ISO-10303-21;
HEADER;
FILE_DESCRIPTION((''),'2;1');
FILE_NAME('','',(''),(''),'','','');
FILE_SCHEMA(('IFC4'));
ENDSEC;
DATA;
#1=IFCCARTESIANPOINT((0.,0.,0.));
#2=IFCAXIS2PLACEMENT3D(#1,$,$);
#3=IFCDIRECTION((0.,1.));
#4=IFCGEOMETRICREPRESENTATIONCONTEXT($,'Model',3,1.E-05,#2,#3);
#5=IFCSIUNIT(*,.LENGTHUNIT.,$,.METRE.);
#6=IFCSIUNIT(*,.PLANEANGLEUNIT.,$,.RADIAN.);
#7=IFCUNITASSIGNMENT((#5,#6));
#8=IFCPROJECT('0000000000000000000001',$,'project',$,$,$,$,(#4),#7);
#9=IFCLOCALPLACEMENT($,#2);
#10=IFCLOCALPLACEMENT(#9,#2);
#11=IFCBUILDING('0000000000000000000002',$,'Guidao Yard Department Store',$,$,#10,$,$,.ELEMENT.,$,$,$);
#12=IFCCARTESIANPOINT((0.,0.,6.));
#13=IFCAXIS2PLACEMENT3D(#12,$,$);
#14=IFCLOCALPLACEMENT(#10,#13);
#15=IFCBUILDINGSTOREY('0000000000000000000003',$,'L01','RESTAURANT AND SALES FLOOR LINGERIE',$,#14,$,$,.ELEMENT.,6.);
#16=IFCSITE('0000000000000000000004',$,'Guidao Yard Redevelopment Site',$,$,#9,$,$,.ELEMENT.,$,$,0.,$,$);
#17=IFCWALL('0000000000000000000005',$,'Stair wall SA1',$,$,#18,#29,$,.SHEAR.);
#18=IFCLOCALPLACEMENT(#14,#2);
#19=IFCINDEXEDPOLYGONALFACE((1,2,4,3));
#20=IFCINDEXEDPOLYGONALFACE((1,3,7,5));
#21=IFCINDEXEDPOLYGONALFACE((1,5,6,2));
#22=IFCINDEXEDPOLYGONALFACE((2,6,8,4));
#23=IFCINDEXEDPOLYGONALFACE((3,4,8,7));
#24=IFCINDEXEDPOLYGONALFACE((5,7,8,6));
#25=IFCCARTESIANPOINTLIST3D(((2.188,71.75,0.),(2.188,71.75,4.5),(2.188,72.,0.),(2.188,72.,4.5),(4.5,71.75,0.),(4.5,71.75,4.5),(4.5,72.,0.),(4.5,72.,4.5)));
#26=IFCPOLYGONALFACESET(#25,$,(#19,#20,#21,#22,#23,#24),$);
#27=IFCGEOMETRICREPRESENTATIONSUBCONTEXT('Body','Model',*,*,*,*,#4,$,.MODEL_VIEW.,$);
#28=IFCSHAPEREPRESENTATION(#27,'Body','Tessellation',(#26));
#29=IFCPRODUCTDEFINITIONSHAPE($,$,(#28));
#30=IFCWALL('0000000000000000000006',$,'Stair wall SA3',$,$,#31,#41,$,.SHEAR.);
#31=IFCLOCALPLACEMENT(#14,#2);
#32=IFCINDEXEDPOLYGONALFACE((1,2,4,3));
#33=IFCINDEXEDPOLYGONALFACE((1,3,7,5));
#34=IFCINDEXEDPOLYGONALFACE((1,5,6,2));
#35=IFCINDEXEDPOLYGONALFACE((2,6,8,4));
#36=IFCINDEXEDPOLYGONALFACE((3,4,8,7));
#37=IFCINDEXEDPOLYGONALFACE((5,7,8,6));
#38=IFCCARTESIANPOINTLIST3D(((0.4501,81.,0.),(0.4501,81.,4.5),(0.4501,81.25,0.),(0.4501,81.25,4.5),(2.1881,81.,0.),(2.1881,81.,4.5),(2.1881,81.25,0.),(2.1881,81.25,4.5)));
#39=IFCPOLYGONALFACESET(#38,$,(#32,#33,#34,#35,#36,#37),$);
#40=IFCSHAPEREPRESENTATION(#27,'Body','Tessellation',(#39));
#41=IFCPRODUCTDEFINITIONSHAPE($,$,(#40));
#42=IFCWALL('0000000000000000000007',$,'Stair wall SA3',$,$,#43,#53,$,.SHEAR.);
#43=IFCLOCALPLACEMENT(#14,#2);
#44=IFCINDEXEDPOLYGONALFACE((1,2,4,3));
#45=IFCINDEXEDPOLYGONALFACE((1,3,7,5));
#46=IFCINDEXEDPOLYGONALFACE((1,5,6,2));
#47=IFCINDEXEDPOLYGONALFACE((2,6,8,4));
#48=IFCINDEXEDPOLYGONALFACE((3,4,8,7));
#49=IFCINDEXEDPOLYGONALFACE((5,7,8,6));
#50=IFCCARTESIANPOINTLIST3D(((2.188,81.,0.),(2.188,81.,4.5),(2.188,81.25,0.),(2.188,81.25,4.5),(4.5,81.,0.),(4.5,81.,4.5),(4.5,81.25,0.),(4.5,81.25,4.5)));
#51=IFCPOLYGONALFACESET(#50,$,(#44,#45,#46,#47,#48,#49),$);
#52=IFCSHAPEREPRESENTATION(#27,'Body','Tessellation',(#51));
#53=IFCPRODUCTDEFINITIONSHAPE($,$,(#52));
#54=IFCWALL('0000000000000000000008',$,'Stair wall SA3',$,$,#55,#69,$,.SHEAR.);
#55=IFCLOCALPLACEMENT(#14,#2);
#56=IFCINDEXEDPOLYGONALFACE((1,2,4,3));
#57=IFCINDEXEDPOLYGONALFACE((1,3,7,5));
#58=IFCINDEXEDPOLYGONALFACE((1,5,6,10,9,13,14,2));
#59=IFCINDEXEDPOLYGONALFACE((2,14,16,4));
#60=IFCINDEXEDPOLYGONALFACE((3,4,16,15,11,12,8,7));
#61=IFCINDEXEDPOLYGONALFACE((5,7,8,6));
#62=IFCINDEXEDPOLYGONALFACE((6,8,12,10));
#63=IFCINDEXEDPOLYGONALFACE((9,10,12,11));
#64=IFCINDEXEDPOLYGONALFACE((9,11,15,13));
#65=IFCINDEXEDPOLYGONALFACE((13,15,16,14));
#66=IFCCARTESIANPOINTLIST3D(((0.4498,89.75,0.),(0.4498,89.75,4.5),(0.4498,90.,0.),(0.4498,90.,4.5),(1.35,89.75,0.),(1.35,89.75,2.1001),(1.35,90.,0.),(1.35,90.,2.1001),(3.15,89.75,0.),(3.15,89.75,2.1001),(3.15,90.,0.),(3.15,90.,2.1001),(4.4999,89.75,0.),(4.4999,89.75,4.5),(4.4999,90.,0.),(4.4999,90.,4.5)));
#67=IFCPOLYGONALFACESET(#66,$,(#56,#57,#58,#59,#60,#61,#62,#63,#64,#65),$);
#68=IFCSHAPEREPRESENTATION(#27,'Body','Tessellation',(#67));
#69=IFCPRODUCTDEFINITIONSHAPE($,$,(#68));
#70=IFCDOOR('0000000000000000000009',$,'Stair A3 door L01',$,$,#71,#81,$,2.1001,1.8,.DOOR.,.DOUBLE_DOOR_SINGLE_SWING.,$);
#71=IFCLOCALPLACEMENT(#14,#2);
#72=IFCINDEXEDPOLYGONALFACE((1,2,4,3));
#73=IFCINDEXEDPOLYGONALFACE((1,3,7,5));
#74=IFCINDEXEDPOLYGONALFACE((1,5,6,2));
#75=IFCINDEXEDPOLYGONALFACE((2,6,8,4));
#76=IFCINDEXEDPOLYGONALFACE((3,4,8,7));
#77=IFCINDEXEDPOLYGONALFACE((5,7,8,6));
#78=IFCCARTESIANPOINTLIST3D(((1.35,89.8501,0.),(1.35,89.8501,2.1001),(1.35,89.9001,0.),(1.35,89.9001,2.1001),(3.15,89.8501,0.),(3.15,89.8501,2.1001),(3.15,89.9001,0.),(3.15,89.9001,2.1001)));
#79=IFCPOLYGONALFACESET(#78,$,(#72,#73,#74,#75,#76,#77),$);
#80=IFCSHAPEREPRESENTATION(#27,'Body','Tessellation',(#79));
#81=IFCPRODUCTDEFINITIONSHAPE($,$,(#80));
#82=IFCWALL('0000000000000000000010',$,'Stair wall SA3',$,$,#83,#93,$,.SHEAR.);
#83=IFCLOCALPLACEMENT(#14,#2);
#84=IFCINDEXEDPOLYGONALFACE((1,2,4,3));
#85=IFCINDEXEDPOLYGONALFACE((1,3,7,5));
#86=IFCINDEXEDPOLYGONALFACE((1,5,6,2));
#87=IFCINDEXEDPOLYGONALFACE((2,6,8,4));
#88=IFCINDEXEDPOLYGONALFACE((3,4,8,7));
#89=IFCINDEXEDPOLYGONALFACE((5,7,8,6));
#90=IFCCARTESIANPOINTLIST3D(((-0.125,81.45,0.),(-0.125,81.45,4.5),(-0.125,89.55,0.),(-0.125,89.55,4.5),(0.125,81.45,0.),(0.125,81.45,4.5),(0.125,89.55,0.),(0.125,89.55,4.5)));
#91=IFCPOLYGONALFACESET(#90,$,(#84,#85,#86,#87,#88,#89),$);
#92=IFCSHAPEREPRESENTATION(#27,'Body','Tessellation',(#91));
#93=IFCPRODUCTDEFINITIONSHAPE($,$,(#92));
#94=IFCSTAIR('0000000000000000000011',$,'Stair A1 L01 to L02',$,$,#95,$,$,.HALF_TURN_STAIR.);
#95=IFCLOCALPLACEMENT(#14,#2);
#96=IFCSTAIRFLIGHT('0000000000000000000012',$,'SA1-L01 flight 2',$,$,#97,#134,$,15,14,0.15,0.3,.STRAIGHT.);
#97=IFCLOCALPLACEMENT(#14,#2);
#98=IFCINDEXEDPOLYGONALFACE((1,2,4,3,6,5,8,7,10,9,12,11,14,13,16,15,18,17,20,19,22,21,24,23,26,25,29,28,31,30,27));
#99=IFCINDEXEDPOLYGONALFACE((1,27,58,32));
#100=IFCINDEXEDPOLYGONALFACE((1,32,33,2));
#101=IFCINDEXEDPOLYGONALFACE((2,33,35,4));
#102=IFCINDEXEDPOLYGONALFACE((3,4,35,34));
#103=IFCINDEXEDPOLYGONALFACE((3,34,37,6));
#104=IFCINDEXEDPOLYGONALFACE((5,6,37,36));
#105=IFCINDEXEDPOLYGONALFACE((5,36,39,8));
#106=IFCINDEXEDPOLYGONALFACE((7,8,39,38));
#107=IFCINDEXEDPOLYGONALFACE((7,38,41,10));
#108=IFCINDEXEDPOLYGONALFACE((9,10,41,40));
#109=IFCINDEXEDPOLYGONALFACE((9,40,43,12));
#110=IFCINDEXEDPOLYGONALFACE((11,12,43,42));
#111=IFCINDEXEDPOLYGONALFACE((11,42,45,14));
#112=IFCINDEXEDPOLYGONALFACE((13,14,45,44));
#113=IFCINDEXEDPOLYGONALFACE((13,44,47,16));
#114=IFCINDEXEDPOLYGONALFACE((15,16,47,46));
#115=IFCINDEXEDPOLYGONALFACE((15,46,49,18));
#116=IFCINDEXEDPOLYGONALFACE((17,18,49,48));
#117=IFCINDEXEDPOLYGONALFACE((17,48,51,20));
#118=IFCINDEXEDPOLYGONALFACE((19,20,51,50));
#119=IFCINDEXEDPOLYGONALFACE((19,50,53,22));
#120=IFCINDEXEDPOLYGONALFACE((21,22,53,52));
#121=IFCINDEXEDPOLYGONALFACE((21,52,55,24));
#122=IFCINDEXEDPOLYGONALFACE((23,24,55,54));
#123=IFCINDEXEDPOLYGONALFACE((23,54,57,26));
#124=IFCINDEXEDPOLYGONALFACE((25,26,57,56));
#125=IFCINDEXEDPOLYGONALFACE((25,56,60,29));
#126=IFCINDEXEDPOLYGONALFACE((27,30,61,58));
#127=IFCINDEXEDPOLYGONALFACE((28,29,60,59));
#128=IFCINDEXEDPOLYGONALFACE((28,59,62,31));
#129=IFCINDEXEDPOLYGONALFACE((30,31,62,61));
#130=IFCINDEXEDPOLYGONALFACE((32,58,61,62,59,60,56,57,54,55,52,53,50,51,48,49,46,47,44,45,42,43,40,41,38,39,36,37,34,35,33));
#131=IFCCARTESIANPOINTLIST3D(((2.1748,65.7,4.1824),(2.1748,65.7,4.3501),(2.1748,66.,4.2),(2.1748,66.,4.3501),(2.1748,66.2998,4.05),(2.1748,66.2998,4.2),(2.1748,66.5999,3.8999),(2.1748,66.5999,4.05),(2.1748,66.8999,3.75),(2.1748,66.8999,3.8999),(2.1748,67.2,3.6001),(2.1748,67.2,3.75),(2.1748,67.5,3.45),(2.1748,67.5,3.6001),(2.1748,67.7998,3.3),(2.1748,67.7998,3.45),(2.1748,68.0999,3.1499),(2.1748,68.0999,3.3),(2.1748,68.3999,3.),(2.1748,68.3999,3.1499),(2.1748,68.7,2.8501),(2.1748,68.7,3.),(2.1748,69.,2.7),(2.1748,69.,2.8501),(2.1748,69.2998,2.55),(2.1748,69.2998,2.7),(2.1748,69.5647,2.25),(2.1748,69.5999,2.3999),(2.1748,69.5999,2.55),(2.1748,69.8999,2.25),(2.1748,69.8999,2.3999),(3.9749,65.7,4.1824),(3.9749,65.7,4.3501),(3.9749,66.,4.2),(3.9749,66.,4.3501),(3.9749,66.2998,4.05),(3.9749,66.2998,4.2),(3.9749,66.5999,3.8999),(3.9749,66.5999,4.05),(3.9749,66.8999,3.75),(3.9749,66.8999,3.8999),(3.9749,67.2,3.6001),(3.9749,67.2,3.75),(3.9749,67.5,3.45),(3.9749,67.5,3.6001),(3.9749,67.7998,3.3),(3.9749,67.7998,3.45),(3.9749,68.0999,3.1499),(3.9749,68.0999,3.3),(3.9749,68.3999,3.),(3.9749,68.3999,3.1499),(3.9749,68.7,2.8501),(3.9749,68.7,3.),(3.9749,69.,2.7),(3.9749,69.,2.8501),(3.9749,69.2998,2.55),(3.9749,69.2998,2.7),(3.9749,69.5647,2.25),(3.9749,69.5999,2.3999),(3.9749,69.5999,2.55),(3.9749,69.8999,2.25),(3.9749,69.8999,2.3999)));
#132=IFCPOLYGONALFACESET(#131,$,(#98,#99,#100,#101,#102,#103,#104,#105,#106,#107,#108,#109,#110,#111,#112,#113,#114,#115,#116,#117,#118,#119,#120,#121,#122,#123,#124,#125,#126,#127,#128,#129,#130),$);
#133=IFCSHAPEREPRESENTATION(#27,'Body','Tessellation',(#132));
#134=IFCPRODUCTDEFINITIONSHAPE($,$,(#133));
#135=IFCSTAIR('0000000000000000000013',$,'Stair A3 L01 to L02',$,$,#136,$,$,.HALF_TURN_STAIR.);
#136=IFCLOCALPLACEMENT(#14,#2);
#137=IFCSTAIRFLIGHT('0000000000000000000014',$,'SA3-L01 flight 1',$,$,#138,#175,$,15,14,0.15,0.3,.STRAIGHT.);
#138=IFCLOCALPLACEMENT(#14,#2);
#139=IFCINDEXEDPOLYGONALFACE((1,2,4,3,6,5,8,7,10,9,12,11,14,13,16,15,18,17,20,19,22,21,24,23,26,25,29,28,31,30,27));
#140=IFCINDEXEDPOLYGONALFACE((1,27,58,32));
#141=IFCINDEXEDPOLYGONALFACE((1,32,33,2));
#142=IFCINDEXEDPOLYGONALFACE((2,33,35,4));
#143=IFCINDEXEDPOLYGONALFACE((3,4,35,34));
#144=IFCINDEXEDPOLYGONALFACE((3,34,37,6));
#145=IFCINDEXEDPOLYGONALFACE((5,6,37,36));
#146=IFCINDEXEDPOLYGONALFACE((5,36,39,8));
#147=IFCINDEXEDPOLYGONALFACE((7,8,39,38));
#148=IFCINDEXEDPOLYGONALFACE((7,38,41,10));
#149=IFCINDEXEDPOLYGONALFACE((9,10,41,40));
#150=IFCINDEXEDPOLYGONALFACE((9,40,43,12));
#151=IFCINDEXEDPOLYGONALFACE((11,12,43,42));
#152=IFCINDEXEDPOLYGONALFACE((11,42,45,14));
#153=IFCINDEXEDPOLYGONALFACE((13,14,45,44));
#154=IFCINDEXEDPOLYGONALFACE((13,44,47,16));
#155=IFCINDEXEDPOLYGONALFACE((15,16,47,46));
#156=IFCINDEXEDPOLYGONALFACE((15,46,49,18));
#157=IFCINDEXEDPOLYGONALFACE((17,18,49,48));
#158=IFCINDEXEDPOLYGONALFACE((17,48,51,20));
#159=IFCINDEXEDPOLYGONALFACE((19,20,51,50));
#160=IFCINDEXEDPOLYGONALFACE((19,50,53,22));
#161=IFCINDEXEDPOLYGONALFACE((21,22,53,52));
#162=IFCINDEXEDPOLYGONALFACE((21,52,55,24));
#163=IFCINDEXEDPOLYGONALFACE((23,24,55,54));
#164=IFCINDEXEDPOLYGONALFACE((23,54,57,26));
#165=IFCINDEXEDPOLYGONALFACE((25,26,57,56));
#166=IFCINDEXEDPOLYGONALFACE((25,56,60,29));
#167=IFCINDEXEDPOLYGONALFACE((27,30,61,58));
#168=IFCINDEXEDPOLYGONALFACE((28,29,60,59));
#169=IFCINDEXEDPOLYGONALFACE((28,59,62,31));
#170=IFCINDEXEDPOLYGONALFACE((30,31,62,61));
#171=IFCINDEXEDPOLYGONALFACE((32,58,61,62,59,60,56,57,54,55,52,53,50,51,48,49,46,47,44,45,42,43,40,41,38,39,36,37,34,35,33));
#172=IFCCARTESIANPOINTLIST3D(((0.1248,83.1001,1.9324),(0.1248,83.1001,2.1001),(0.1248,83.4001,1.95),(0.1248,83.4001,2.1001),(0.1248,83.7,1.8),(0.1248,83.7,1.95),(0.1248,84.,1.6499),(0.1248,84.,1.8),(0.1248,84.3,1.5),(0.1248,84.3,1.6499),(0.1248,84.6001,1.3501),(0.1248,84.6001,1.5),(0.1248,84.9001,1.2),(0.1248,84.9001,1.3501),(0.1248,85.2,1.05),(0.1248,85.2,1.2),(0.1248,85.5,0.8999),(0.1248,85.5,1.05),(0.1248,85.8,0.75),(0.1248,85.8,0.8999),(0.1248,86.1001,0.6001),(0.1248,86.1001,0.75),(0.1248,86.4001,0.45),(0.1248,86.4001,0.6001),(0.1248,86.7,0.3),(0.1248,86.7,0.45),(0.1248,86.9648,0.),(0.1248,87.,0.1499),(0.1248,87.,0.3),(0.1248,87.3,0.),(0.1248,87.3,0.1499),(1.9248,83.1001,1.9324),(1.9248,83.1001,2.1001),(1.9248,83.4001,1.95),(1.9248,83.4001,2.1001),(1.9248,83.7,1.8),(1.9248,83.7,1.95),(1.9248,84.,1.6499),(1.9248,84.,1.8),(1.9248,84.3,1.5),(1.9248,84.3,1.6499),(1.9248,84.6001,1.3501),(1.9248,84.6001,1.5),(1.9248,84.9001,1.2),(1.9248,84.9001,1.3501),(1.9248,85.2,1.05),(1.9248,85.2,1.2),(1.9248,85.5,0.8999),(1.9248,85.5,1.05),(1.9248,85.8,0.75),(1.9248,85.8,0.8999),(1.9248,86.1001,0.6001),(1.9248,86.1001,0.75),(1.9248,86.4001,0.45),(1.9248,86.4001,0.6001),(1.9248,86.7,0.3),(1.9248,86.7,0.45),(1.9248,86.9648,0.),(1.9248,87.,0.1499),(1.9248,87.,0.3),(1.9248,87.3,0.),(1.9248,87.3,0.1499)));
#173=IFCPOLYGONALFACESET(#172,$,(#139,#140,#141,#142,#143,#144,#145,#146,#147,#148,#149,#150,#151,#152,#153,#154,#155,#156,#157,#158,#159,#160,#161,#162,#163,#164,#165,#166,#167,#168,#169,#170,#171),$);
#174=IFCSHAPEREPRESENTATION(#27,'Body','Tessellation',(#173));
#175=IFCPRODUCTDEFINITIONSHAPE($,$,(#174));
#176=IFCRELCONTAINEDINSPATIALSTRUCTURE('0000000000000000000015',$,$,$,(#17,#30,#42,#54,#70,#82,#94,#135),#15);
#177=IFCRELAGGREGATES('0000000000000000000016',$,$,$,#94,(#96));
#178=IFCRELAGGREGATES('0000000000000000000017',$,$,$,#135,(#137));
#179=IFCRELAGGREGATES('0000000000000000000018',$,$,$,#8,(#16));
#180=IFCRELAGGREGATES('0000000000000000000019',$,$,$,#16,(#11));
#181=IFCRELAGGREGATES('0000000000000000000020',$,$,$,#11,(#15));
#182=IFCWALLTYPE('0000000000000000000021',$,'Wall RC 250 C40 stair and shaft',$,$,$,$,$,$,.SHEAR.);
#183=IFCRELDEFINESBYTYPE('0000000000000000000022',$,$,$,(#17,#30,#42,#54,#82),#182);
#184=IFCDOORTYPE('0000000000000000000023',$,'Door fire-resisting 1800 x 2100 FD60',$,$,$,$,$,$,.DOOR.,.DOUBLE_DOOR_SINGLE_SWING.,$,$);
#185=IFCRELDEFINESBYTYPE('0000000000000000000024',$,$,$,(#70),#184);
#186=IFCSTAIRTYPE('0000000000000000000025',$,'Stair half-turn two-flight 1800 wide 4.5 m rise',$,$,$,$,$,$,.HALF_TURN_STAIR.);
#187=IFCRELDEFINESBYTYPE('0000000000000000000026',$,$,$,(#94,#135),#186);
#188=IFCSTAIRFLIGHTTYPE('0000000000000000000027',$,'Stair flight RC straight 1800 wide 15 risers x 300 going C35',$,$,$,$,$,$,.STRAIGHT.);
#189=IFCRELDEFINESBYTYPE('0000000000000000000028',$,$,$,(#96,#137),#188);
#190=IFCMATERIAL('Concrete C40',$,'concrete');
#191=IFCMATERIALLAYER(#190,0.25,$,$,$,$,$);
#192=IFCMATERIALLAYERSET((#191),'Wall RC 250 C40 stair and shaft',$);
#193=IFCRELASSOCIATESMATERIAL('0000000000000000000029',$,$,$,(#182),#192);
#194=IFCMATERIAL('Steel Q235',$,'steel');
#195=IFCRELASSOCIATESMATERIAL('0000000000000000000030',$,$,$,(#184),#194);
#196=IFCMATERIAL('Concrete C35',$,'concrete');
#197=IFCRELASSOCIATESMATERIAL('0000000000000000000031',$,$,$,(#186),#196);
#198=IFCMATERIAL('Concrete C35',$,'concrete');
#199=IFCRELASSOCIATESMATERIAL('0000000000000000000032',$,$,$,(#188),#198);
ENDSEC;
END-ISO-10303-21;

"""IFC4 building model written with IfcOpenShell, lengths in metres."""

from ifc_helpers import new_model, si_unit, direction, frame, frame_2d, origin, place, context, subcontext, project, spatial, polyline, rectangle, outline, extrude, material, layer, layer_set, type_object, element, fill, aggregate, save


model = new_model("IFC4")

# Units and contexts
model_context = context("Model", 3, precision=1e-05, world=origin(), true_north=direction((0.0, 1.0)))
body_context = subcontext(model_context, "Body", "Model", "MODEL_VIEW")
ifc_project = project(units=[si_unit("LENGTHUNIT", "METRE"), si_unit("PLANEANGLEUNIT", "RADIAN")], contexts=[model_context])

# Site, building, storey
site_placement = place(None, origin())
site = spatial("IfcSite", under=ifc_project, at=site_placement, Name="Guidao Yard Redevelopment Site", CompositionType="ELEMENT", RefElevation=0.0)
building_placement = place(site_placement, origin())
building = spatial("IfcBuilding", under=site, at=building_placement, Name="Guidao Yard Department Store", CompositionType="ELEMENT")
storey_placement = place(building_placement, frame((0.0, 0.0, 6.0)))
storey = spatial("IfcBuildingStorey", under=building, at=storey_placement, Name="L01", Description="RESTAURANT AND SALES FLOOR LINGERIE", CompositionType="ELEMENT", Elevation=6.0)

# Walls
ifc_material_1 = material(Name="Concrete C40", Category="concrete")
ifc_layer_1 = layer(ifc_material_1, 0.25)
ifc_layer_set_1 = layer_set([ifc_layer_1], Name="Wall RC 250 C40 stair and shaft")
wall_type_1 = type_object("IfcWallType", Name="Wall RC 250 C40 stair and shaft", PredefinedType="SHEAR", material=ifc_layer_set_1)
wall_1_placement = place(storey_placement, frame((2.188, 71.875, 0.0), z_axis=(0.0, 0.0, 1.0), x_axis=(1.0, 0.0, 0.0)))
element("IfcWall", 1, at=wall_1_placement, inside=storey, type_object=wall_type_1, Name="Stair wall SA1", PredefinedType="SHEAR", context=body_context, shape_type="SweptSolid", body=[
    extrude(rectangle(XDim=2.312, YDim=0.25, at=frame_2d((1.156, 0.0))), origin(), (0.0, 0.0, 1.0), 4.5),
])
wall_2_placement = place(storey_placement, frame((0.45, 81.125, 0.0), z_axis=(0.0, 0.0, 1.0), x_axis=(1.0, 0.0, 0.0)))
element("IfcWall", 2, at=wall_2_placement, inside=storey, type_object=wall_type_1, Name="Stair wall SA3", PredefinedType="SHEAR", context=body_context, shape_type="SweptSolid", body=[
    extrude(rectangle(XDim=1.738, YDim=0.25, at=frame_2d((0.8691, 0.0))), origin(), (0.0, 0.0, 1.0), 4.5),
])
wall_3_placement = place(storey_placement, frame((2.188, 81.125, 0.0), z_axis=(0.0, 0.0, 1.0), x_axis=(1.0, 0.0, 0.0)))
element("IfcWall", 3, at=wall_3_placement, inside=storey, type_object=wall_type_1, Name="Stair wall SA3", PredefinedType="SHEAR", context=body_context, shape_type="SweptSolid", body=[
    extrude(rectangle(XDim=2.312, YDim=0.25, at=frame_2d((1.156, 0.0))), origin(), (0.0, 0.0, 1.0), 4.5),
])

# Wall, opening, door
wall_4_placement = place(storey_placement, frame((0.45, 89.875, 0.0), z_axis=(0.0, 0.0, 1.0), x_axis=(1.0, 0.0, 0.0)))
wall_4 = element("IfcWall", 4, at=wall_4_placement, inside=storey, type_object=wall_type_1, Name="Stair wall SA3", PredefinedType="SHEAR", context=body_context, shape_type="SweptSolid", body=[
    extrude(rectangle(XDim=4.05, YDim=0.25, at=frame_2d((2.0249, 0.0))), origin(), (0.0, 0.0, 1.0), 4.5),
])
opening_1_placement = place(wall_4_placement, frame((2.7, 0.0, 0.0), z_axis=(0.0, 0.0, 1.0), x_axis=(-1.0, 0.0, 0.0)))
opening_1 = element("IfcOpeningElement", 5, at=opening_1_placement, cuts=wall_4, PredefinedType="OPENING", context=body_context, shape_type="SweptSolid", body=[
    extrude(rectangle(XDim=1.8, YDim=2.1001, at=frame_2d((0.8999, 1.05))), frame((0.0, 0.135, 0.0), z_axis=(0.0, -1.0, 0.0), x_axis=(1.0, 0.0, 0.0)), (0.0, 0.0, 1.0), 0.27),
])
ifc_material_2 = material(Name="Steel Q235", Category="steel")
door_type = type_object("IfcDoorType", Name="Door fire-resisting 1800 x 2100 FD60", OperationType="DOUBLE_DOOR_SINGLE_SWING", PredefinedType="DOOR", material=ifc_material_2)
door_placement = place(opening_1_placement, origin())
door = element("IfcDoor", 6, at=door_placement, inside=storey, type_object=door_type, Name="Stair A3 door L01", OperationType="DOUBLE_DOOR_SINGLE_SWING", OverallHeight=2.1001, OverallWidth=1.8, PredefinedType="DOOR", context=body_context, shape_type="SweptSolid", body=[
    extrude(rectangle(XDim=1.8, YDim=2.1001, at=frame_2d((0.8999, 1.05))), frame((0.0, 0.0249, 0.0), z_axis=(0.0, -1.0, 0.0), x_axis=(1.0, 0.0, 0.0)), (0.0, 0.0, 1.0), 0.05),
])
fill(opening_1, door)

# Wall
wall_5_placement = place(storey_placement, frame((0.0, 81.45, 0.0), z_axis=(0.0, 0.0, 1.0), x_axis=(0.0, 1.0, 0.0)))
element("IfcWall", 7, at=wall_5_placement, inside=storey, type_object=wall_type_1, Name="Stair wall SA3", PredefinedType="SHEAR", context=body_context, shape_type="SweptSolid", body=[
    extrude(rectangle(XDim=8.1001, YDim=0.25, at=frame_2d((4.05, 0.0))), origin(), (0.0, 0.0, 1.0), 4.5),
])

# Stair, stair flight
ifc_material_3 = material(Name="Concrete C35", Category="concrete")
stair_type = type_object("IfcStairType", Name="Stair half-turn two-flight 1800 wide 4.5 m rise", PredefinedType="HALF_TURN_STAIR", material=ifc_material_3)
stair_1_placement = place(storey_placement, origin())
stair_1 = element("IfcStair", 8, at=stair_1_placement, inside=storey, type_object=stair_type, Name="Stair A1 L01 to L02", PredefinedType="HALF_TURN_STAIR")
ifc_material_4 = material(Name="Concrete C35", Category="concrete")
stair_flight_type = type_object("IfcStairFlightType", Name="Stair flight RC straight 1800 wide 15 risers x 300 going C35", PredefinedType="STRAIGHT", material=ifc_material_4)
stair_flight_1_placement = place(storey_placement, frame((3.075, 69.8999, 2.25), z_axis=(0.0, 0.0, 1.0), x_axis=(0.0, -1.0, 0.0)))
stair_flight_1 = element("IfcStairFlight", 9, at=stair_flight_1_placement, type_object=stair_flight_type, Name="SA1-L01 flight 2", NumberOfRisers=15, NumberOfTreads=14, PredefinedType="STRAIGHT", RiserHeight=0.15, TreadLength=0.3, context=body_context, shape_type="SweptSolid", body=[
    extrude(outline(polyline([(0.0, 0.0), (0.0, 0.1499), (0.3, 0.1499), (0.3, 0.3), (0.6001, 0.3), (0.6001, 0.45), (0.8999, 0.45), (0.8999, 0.6001), (1.2, 0.6001), (1.2, 0.75), (1.5, 0.75), (1.5, 0.8999), (1.8, 0.8999), (1.8, 1.05), (2.1001, 1.05), (2.1001, 1.2), (2.3999, 1.2), (2.3999, 1.3501), (2.7, 1.3501), (2.7, 1.5), (3.0, 1.5), (3.0, 1.6499), (3.3, 1.6499), (3.3, 1.8), (3.6001, 1.8), (3.6001, 1.95), (3.8999, 1.95), (3.8999, 2.1001), (4.2, 2.1001), (4.2, 2.25), (4.2, 1.9324), (0.3352, 0.0), (0.0, 0.0)])), frame((0.0, 0.8999, 0.0), z_axis=(0.0, -1.0, 0.0), x_axis=(1.0, 0.0, 0.0)), (0.0, 0.0, 1.0), 1.8),
])
aggregate(stair_1, [stair_flight_1])

# Stair, stair flight
stair_2_placement = place(storey_placement, origin())
stair_2 = element("IfcStair", 10, at=stair_2_placement, inside=storey, type_object=stair_type, Name="Stair A3 L01 to L02", PredefinedType="HALF_TURN_STAIR")
stair_flight_2_placement = place(storey_placement, frame((1.0249, 87.3, 0.0), z_axis=(0.0, 0.0, 1.0), x_axis=(0.0, -1.0, 0.0)))
stair_flight_2 = element("IfcStairFlight", 11, at=stair_flight_2_placement, type_object=stair_flight_type, Name="SA3-L01 flight 1", NumberOfRisers=15, NumberOfTreads=14, PredefinedType="STRAIGHT", RiserHeight=0.15, TreadLength=0.3, context=body_context, shape_type="SweptSolid", body=[
    extrude(outline(polyline([(0.0, 0.0), (0.0, 0.1499), (0.3, 0.1499), (0.3, 0.3), (0.6001, 0.3), (0.6001, 0.45), (0.8999, 0.45), (0.8999, 0.6001), (1.2, 0.6001), (1.2, 0.75), (1.5, 0.75), (1.5, 0.8999), (1.8, 0.8999), (1.8, 1.05), (2.1001, 1.05), (2.1001, 1.2), (2.3999, 1.2), (2.3999, 1.3501), (2.7, 1.3501), (2.7, 1.5), (3.0, 1.5), (3.0, 1.6499), (3.3, 1.6499), (3.3, 1.8), (3.6001, 1.8), (3.6001, 1.95), (3.8999, 1.95), (3.8999, 2.1001), (4.2, 2.1001), (4.2, 2.25), (4.2, 1.9324), (0.3352, 0.0), (0.0, 0.0)])), frame((0.0, 0.8999, 0.0), z_axis=(0.0, -1.0, 0.0), x_axis=(1.0, 0.0, 0.0)), (0.0, 0.0, 1.0), 1.8),
])
aggregate(stair_2, [stair_flight_2])

save(model, "model.ifc")
